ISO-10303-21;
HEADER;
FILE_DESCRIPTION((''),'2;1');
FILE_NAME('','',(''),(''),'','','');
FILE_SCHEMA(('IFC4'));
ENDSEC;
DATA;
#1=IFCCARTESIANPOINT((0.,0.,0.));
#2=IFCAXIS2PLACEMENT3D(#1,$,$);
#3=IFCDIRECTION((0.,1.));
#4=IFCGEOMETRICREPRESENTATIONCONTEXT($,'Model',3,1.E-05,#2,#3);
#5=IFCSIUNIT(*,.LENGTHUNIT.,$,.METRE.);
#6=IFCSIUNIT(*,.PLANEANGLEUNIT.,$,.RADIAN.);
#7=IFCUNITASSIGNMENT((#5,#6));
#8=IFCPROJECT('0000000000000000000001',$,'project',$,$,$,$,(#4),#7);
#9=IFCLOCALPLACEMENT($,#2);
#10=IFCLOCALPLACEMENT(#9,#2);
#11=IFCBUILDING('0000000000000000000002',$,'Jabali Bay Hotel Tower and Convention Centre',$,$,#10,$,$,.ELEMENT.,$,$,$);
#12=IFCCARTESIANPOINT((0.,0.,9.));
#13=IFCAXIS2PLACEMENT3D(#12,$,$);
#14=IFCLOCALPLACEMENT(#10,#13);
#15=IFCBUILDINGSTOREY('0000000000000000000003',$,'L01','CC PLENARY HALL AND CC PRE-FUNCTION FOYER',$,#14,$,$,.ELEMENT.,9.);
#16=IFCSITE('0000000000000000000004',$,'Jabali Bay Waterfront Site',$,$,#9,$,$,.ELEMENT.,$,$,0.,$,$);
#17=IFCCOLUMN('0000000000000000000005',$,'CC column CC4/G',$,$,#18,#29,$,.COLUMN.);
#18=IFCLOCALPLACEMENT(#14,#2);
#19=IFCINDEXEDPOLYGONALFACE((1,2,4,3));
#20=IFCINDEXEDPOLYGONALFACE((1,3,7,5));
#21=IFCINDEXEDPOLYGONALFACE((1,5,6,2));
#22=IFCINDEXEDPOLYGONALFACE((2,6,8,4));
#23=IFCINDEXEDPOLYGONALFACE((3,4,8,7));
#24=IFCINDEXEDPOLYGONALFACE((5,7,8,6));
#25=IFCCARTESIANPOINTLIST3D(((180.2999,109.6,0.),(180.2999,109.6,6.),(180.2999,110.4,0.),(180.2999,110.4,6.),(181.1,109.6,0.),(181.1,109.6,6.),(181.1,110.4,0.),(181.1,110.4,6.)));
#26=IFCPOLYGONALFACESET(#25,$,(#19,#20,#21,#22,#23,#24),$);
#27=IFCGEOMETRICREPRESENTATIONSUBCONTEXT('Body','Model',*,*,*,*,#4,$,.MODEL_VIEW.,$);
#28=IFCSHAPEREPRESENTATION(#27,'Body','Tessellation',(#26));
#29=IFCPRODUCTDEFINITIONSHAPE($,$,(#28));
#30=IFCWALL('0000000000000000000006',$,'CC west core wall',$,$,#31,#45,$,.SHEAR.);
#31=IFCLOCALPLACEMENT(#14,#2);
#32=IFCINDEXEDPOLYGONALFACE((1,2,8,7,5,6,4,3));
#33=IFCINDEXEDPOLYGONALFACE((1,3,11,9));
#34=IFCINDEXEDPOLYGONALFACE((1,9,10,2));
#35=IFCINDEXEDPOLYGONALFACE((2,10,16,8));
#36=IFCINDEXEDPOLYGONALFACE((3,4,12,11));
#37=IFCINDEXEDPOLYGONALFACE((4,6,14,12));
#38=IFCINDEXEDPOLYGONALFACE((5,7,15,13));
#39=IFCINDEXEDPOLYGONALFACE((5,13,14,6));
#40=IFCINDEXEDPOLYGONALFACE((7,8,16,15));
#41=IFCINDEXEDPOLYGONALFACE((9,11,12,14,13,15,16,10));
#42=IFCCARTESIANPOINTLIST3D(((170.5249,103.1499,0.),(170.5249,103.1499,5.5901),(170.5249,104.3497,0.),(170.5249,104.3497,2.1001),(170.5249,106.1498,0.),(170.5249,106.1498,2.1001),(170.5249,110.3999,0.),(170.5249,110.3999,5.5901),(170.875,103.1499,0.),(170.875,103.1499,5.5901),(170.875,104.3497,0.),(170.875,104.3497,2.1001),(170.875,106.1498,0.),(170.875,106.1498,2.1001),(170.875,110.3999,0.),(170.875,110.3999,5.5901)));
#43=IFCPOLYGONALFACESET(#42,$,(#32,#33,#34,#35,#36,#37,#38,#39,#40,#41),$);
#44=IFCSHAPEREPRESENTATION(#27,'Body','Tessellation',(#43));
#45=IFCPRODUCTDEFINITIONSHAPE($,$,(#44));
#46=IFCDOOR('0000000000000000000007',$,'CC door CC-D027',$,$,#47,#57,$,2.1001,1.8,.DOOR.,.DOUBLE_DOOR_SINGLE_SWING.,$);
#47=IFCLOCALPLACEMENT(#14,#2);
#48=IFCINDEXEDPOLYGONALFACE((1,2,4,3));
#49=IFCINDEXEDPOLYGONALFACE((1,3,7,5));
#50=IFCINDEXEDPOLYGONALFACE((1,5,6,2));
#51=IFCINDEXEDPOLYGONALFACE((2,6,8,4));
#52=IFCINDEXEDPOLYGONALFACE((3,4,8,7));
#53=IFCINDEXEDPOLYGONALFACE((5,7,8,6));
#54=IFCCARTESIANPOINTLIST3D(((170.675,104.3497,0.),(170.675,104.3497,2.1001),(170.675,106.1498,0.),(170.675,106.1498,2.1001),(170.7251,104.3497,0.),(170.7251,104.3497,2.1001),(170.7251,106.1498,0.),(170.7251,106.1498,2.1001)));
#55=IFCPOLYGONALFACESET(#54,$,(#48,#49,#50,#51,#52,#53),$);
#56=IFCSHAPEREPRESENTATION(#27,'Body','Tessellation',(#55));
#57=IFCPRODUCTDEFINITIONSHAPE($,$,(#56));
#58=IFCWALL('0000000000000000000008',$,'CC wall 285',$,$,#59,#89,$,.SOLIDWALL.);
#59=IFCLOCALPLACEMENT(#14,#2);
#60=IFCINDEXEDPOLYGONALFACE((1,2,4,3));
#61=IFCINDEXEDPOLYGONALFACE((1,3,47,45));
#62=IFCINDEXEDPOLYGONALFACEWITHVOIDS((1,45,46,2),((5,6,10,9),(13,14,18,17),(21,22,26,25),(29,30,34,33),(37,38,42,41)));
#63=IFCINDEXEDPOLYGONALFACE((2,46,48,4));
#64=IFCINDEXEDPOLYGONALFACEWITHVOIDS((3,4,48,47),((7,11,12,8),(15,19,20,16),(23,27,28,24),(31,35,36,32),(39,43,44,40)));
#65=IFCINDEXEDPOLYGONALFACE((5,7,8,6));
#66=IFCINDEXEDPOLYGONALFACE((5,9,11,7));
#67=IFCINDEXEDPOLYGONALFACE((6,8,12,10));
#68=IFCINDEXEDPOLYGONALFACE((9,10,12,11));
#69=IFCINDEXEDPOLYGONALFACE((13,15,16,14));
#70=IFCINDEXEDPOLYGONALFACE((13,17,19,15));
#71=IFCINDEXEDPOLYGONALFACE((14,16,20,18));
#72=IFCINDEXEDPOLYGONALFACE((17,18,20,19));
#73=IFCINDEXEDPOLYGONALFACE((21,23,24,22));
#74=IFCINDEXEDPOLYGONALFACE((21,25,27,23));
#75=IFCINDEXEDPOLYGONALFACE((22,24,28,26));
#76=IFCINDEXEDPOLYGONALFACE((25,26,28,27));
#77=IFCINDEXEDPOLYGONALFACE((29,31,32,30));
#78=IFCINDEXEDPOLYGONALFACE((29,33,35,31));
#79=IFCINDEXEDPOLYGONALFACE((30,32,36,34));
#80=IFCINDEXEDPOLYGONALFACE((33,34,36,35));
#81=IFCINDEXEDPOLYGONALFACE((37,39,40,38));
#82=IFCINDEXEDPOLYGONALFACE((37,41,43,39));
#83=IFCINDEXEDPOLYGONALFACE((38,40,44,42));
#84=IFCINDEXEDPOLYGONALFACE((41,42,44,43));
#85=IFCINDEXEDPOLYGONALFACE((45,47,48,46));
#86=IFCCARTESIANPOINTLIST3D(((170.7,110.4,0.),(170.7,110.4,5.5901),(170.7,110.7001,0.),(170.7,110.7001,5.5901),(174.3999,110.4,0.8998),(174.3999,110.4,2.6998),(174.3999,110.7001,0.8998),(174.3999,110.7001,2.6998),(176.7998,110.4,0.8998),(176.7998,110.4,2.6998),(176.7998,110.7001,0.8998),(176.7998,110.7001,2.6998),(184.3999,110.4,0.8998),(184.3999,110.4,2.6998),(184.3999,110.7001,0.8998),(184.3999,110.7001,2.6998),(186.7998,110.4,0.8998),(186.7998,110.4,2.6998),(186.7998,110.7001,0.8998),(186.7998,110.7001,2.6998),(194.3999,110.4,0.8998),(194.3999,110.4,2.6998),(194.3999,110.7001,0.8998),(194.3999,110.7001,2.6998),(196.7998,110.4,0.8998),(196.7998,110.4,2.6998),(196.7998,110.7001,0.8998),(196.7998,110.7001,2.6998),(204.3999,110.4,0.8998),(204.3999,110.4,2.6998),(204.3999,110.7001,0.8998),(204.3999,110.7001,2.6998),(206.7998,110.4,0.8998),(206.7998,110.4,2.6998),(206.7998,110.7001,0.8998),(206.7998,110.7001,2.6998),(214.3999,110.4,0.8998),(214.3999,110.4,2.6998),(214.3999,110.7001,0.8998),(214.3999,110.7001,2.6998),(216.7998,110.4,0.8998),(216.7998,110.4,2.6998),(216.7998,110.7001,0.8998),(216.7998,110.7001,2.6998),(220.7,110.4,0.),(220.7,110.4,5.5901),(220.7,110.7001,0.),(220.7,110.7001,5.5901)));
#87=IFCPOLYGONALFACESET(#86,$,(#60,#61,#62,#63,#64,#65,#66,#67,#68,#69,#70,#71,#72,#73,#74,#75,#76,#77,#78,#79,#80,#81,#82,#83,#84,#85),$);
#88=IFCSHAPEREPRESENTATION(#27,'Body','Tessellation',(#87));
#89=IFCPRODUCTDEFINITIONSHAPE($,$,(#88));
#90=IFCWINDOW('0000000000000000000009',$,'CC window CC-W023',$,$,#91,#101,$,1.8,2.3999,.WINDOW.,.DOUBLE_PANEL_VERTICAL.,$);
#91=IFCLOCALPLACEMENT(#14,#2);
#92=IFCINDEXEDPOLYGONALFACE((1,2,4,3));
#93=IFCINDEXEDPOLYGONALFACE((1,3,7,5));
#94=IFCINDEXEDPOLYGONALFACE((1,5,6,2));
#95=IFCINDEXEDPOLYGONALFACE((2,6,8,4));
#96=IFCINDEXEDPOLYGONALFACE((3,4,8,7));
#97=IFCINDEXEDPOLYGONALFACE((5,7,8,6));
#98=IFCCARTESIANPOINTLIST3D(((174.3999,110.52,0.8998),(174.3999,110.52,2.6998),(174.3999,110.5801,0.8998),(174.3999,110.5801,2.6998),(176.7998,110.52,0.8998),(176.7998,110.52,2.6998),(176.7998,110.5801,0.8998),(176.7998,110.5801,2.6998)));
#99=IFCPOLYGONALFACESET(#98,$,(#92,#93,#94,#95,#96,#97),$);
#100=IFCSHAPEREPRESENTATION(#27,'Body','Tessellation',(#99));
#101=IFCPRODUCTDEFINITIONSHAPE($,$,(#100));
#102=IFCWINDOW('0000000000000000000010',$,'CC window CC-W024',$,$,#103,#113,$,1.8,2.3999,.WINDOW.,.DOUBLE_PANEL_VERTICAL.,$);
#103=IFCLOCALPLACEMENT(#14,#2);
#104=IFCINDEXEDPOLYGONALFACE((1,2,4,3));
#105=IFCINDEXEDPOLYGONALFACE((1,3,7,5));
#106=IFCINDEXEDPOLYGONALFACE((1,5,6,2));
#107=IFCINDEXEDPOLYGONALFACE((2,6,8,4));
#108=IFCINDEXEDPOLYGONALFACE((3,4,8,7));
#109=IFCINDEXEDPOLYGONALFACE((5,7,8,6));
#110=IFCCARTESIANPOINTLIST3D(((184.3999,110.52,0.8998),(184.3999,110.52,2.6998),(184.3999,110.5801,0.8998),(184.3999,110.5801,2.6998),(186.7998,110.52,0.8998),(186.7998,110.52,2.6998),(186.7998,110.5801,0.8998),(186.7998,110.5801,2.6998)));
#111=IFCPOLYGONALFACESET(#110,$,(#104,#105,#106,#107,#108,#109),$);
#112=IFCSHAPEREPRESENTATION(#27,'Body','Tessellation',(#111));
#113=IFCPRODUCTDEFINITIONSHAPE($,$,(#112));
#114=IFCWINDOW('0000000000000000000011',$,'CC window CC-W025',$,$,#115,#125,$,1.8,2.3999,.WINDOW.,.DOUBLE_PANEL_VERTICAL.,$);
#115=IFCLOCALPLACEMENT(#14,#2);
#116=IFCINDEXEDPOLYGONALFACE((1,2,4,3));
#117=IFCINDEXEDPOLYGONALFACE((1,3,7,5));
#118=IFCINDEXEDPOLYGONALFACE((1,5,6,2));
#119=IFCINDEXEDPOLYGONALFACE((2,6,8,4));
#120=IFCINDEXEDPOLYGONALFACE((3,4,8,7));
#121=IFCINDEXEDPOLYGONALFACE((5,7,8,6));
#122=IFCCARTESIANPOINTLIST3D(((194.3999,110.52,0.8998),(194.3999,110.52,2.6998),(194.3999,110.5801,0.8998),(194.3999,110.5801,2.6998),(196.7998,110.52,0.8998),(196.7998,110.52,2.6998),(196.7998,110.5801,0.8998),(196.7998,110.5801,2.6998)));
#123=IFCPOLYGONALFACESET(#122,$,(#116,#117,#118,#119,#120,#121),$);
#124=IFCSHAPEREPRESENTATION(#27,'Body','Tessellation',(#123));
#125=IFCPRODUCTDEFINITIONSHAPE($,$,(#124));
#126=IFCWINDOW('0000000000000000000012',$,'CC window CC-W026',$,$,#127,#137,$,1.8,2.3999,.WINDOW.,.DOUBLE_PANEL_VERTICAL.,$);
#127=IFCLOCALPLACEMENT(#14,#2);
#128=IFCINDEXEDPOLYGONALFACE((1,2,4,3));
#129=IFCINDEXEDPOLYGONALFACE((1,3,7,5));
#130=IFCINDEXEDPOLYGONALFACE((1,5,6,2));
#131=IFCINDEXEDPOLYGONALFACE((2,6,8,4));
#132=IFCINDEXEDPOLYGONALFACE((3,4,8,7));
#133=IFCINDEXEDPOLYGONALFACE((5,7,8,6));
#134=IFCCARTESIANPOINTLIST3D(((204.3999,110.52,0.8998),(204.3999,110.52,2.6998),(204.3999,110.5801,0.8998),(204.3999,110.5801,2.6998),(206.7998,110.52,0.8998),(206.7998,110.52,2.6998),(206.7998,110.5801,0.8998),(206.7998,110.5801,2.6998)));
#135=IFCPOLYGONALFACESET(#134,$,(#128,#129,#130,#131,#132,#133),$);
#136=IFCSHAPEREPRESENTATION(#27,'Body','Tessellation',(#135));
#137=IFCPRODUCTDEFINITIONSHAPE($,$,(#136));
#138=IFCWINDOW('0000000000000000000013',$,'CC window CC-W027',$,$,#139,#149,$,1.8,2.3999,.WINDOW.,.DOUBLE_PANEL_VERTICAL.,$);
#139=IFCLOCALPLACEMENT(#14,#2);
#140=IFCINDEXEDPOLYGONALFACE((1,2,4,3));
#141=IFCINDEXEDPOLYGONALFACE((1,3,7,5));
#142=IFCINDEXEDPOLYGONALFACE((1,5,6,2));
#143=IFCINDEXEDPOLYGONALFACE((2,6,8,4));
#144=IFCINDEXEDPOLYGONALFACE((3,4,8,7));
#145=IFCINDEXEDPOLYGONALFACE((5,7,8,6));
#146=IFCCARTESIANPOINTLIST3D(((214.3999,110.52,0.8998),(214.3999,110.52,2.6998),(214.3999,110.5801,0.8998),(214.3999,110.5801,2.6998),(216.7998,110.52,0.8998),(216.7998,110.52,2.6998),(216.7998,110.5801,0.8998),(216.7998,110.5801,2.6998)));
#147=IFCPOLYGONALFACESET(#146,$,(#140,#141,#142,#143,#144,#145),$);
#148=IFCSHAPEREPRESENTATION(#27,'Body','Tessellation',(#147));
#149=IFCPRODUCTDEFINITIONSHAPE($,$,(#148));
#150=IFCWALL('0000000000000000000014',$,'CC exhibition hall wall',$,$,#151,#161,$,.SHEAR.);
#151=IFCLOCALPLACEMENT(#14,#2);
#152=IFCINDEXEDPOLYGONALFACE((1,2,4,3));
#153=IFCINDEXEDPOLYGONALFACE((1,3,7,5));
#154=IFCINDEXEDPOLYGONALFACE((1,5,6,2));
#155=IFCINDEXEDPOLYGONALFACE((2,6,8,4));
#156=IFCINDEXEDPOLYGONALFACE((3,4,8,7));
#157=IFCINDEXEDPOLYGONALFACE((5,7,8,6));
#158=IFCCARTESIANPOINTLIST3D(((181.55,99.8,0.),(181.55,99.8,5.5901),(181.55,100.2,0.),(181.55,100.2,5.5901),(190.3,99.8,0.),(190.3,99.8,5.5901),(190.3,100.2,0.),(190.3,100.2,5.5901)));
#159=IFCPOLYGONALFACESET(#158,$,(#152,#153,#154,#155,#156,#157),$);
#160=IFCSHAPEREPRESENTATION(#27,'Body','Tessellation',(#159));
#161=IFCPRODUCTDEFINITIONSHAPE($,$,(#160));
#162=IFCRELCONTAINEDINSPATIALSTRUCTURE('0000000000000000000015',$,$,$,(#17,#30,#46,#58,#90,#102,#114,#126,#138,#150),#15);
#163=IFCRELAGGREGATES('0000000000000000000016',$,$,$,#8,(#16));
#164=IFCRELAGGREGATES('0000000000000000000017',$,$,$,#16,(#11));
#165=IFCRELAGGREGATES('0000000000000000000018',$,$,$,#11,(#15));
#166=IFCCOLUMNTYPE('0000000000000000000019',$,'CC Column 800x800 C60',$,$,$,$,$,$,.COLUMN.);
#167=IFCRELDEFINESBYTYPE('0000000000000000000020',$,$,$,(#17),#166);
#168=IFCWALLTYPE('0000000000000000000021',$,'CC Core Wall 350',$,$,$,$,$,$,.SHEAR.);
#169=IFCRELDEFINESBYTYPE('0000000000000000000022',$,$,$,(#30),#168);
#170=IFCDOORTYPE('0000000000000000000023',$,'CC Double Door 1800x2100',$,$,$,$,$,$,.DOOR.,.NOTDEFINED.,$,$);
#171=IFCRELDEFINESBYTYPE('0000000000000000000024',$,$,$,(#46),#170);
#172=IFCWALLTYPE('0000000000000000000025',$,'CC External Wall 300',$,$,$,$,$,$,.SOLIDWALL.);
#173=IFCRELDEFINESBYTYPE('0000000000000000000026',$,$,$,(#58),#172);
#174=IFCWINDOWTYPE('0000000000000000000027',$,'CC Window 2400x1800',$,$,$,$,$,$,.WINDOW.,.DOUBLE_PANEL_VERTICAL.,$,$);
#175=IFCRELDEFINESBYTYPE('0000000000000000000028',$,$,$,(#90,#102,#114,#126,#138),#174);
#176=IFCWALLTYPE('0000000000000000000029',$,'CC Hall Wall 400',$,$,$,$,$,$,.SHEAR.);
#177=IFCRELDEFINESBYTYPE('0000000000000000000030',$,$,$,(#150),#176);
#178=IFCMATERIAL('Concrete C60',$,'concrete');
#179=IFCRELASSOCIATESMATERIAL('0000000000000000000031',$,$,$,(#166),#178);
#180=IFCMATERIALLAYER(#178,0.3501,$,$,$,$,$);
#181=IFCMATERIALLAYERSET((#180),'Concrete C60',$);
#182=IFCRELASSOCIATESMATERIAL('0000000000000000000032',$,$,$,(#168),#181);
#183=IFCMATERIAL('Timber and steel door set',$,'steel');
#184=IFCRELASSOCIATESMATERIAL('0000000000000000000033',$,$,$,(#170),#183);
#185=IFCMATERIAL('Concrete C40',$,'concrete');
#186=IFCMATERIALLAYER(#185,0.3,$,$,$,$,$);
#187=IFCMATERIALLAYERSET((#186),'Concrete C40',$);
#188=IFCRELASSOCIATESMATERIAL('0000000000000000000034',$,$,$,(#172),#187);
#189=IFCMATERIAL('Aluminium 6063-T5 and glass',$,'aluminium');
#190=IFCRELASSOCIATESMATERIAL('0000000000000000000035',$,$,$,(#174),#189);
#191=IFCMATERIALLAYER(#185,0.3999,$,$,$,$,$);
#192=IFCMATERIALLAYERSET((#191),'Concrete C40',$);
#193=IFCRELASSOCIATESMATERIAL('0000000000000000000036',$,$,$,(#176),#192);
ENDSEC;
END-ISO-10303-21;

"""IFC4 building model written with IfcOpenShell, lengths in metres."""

from ifc_helpers import new_model, si_unit, direction, frame, frame_2d, origin, origin_2d, place, context, subcontext, project, spatial, rectangle, extrude, material, layer, layer_set, material_profile, profile_set, type_object, element, fill, save


model = new_model("IFC4")

# Units and contexts
model_context = context("Model", 3, precision=1e-05, world=origin(), true_north=direction((0.0, 1.0)))
body_context = subcontext(model_context, "Body", "Model", "MODEL_VIEW")
ifc_project = project(units=[si_unit("LENGTHUNIT", "METRE"), si_unit("PLANEANGLEUNIT", "RADIAN")], contexts=[model_context])

# Site, building, storey
site_placement = place(None, origin())
site = spatial("IfcSite", under=ifc_project, at=site_placement, Name="Jabali Bay Waterfront Site", CompositionType="ELEMENT", RefElevation=0.0)
building_placement = place(site_placement, origin())
building = spatial("IfcBuilding", under=site, at=building_placement, Name="Jabali Bay Hotel Tower and Convention Centre", CompositionType="ELEMENT")
storey_placement = place(building_placement, frame((0.0, 0.0, 9.0)))
storey = spatial("IfcBuildingStorey", under=building, at=storey_placement, Name="L01", Description="CC PLENARY HALL AND CC PRE-FUNCTION FOYER", CompositionType="ELEMENT", Elevation=9.0)

# Column
ifc_material_1 = material(Name="Concrete C60", Category="concrete")
ifc_material_profile = material_profile(ifc_material_1, rectangle(XDim=0.8, YDim=0.8, at=origin_2d()), Name="RC 800x800")
ifc_profile_set = profile_set([ifc_material_profile], Name="Concrete C60")
column_type = type_object("IfcColumnType", Name="CC Column 800x800 C60", PredefinedType="COLUMN", material=ifc_profile_set)
column_placement = place(storey_placement, frame((180.7, 110.0, 0.0), z_axis=(0.0, 0.0, 1.0), x_axis=(1.0, 0.0, 0.0)))
element("IfcColumn", 1, at=column_placement, inside=storey, type_object=column_type, Name="CC column CC4/G", PredefinedType="COLUMN", context=body_context, shape_type="SweptSolid", body=[
    extrude(rectangle(XDim=0.8, YDim=0.8, at=origin_2d()), origin(), (0.0, 0.0, 1.0), 6.0),
])

# Wall, opening, door
ifc_layer_1 = layer(ifc_material_1, 0.3501)
ifc_layer_set_1 = layer_set([ifc_layer_1], Name="Concrete C60")
wall_type_1 = type_object("IfcWallType", Name="CC Core Wall 350", PredefinedType="SHEAR", material=ifc_layer_set_1)
wall_1_placement = place(storey_placement, frame((170.7, 103.1499, 0.0), z_axis=(0.0, 0.0, 1.0), x_axis=(0.0, 1.0, 0.0)))
wall_1 = element("IfcWall", 2, at=wall_1_placement, inside=storey, type_object=wall_type_1, Name="CC west core wall", PredefinedType="SHEAR", context=body_context, shape_type="SweptSolid", body=[
    extrude(rectangle(XDim=7.25, YDim=0.3501, at=frame_2d((3.625, 0.0))), origin(), (0.0, 0.0, 1.0), 5.5901),
])
opening_1_placement = place(wall_1_placement, frame((1.2, 0.0, 0.0)))
opening_1 = element("IfcOpeningElement", 3, at=opening_1_placement, cuts=wall_1, PredefinedType="OPENING", context=body_context, shape_type="SweptSolid", body=[
    extrude(rectangle(XDim=1.8, YDim=2.1001, at=frame_2d((0.8999, 1.05))), frame((0.0, 0.1855, 0.0), z_axis=(0.0, -1.0, 0.0), x_axis=(1.0, 0.0, 0.0)), (0.0, 0.0, 1.0), 0.3711),
])
ifc_material_2 = material(Name="Timber and steel door set", Category="steel")
door_type_1 = type_object("IfcDoorType", Name="CC Double Door 1800x2100", OperationType="NOTDEFINED", PredefinedType="DOOR", material=ifc_material_2)
door_1_placement = place(opening_1_placement, origin())
door_1 = element("IfcDoor", 4, at=door_1_placement, inside=storey, type_object=door_type_1, Name="CC door CC-D027", OperationType="DOUBLE_DOOR_SINGLE_SWING", OverallHeight=2.1001, OverallWidth=1.8, PredefinedType="DOOR", context=body_context, shape_type="SweptSolid", body=[
    extrude(rectangle(XDim=1.8, YDim=2.1001, at=frame_2d((0.8999, 1.05))), frame((0.0, 0.0249, 0.0), z_axis=(0.0, -1.0, 0.0), x_axis=(1.0, 0.0, 0.0)), (0.0, 0.0, 1.0), 0.05),
])
fill(opening_1, door_1)

# Wall, openings, windows
ifc_material_3 = material(Name="Concrete C40", Category="concrete")
ifc_layer_2 = layer(ifc_material_3, 0.3)
ifc_layer_set_2 = layer_set([ifc_layer_2], Name="Concrete C40")
wall_type_2 = type_object("IfcWallType", Name="CC External Wall 300", PredefinedType="SOLIDWALL", material=ifc_layer_set_2)
wall_2_placement = place(storey_placement, frame((170.7, 110.55, 0.0), z_axis=(0.0, 0.0, 1.0), x_axis=(1.0, 0.0, 0.0)))
wall_2 = element("IfcWall", 5, at=wall_2_placement, inside=storey, type_object=wall_type_2, Name="CC wall 285", PredefinedType="SOLIDWALL", context=body_context, shape_type="SweptSolid", body=[
    extrude(rectangle(XDim=50.0, YDim=0.3, at=frame_2d((25.0, 0.0))), origin(), (0.0, 0.0, 1.0), 5.5901),
])
opening_2_placement = place(wall_2_placement, frame((3.7, 0.0, 0.8999)))
opening_2 = element("IfcOpeningElement", 6, at=opening_2_placement, cuts=wall_2, PredefinedType="OPENING", context=body_context, shape_type="SweptSolid", body=[
    extrude(rectangle(XDim=2.3999, YDim=1.8, at=frame_2d((1.2, 0.8999))), frame((0.0, 0.1606, 0.0), z_axis=(0.0, -1.0, 0.0), x_axis=(1.0, 0.0, 0.0)), (0.0, 0.0, 1.0), 0.321),
])
opening_3_placement = place(wall_2_placement, frame((13.7, 0.0, 0.8999)))
opening_3 = element("IfcOpeningElement", 7, at=opening_3_placement, cuts=wall_2, PredefinedType="OPENING", context=body_context, shape_type="SweptSolid", body=[
    extrude(rectangle(XDim=2.3999, YDim=1.8, at=frame_2d((1.2, 0.8999))), frame((0.0, 0.1606, 0.0), z_axis=(0.0, -1.0, 0.0), x_axis=(1.0, 0.0, 0.0)), (0.0, 0.0, 1.0), 0.321),
])
opening_4_placement = place(wall_2_placement, frame((23.7, 0.0, 0.8999)))
opening_4 = element("IfcOpeningElement", 8, at=opening_4_placement, cuts=wall_2, PredefinedType="OPENING", context=body_context, shape_type="SweptSolid", body=[
    extrude(rectangle(XDim=2.3999, YDim=1.8, at=frame_2d((1.2, 0.8999))), frame((0.0, 0.1606, 0.0), z_axis=(0.0, -1.0, 0.0), x_axis=(1.0, 0.0, 0.0)), (0.0, 0.0, 1.0), 0.321),
])
opening_5_placement = place(wall_2_placement, frame((33.7, 0.0, 0.8999)))
opening_5 = element("IfcOpeningElement", 9, at=opening_5_placement, cuts=wall_2, PredefinedType="OPENING", context=body_context, shape_type="SweptSolid", body=[
    extrude(rectangle(XDim=2.3999, YDim=1.8, at=frame_2d((1.2, 0.8999))), frame((0.0, 0.1606, 0.0), z_axis=(0.0, -1.0, 0.0), x_axis=(1.0, 0.0, 0.0)), (0.0, 0.0, 1.0), 0.321),
])
opening_6_placement = place(wall_2_placement, frame((43.7, 0.0, 0.8999)))
opening_6 = element("IfcOpeningElement", 10, at=opening_6_placement, cuts=wall_2, PredefinedType="OPENING", context=body_context, shape_type="SweptSolid", body=[
    extrude(rectangle(XDim=2.3999, YDim=1.8, at=frame_2d((1.2, 0.8999))), frame((0.0, 0.1606, 0.0), z_axis=(0.0, -1.0, 0.0), x_axis=(1.0, 0.0, 0.0)), (0.0, 0.0, 1.0), 0.321),
])
ifc_material_4 = material(Name="Aluminium 6063-T5 and glass", Category="aluminium")
window_type = type_object("IfcWindowType", Name="CC Window 2400x1800", PartitioningType="DOUBLE_PANEL_VERTICAL", PredefinedType="WINDOW", material=ifc_material_4)
window_1_placement = place(opening_2_placement, origin())
window_1 = element("IfcWindow", 11, at=window_1_placement, inside=storey, type_object=window_type, Name="CC window CC-W023", OverallHeight=1.8, OverallWidth=2.3999, PartitioningType="DOUBLE_PANEL_VERTICAL", PredefinedType="WINDOW", context=body_context, shape_type="SweptSolid", body=[
    extrude(rectangle(XDim=2.3999, YDim=1.8, at=frame_2d((1.2, 0.8999))), frame((0.0, 0.03, 0.0), z_axis=(0.0, -1.0, 0.0), x_axis=(1.0, 0.0, 0.0)), (0.0, 0.0, 1.0), 0.0601),
])
fill(opening_2, window_1)
window_2_placement = place(opening_3_placement, origin())
window_2 = element("IfcWindow", 12, at=window_2_placement, inside=storey, type_object=window_type, Name="CC window CC-W024", OverallHeight=1.8, OverallWidth=2.3999, PartitioningType="DOUBLE_PANEL_VERTICAL", PredefinedType="WINDOW", context=body_context, shape_type="SweptSolid", body=[
    extrude(rectangle(XDim=2.3999, YDim=1.8, at=frame_2d((1.2, 0.8999))), frame((0.0, 0.03, 0.0), z_axis=(0.0, -1.0, 0.0), x_axis=(1.0, 0.0, 0.0)), (0.0, 0.0, 1.0), 0.0601),
])
fill(opening_3, window_2)
window_3_placement = place(opening_4_placement, origin())
window_3 = element("IfcWindow", 13, at=window_3_placement, inside=storey, type_object=window_type, Name="CC window CC-W025", OverallHeight=1.8, OverallWidth=2.3999, PartitioningType="DOUBLE_PANEL_VERTICAL", PredefinedType="WINDOW", context=body_context, shape_type="SweptSolid", body=[
    extrude(rectangle(XDim=2.3999, YDim=1.8, at=frame_2d((1.2, 0.8999))), frame((0.0, 0.03, 0.0), z_axis=(0.0, -1.0, 0.0), x_axis=(1.0, 0.0, 0.0)), (0.0, 0.0, 1.0), 0.0601),
])
fill(opening_4, window_3)
window_4_placement = place(opening_5_placement, origin())
window_4 = element("IfcWindow", 14, at=window_4_placement, inside=storey, type_object=window_type, Name="CC window CC-W026", OverallHeight=1.8, OverallWidth=2.3999, PartitioningType="DOUBLE_PANEL_VERTICAL", PredefinedType="WINDOW", context=body_context, shape_type="SweptSolid", body=[
    extrude(rectangle(XDim=2.3999, YDim=1.8, at=frame_2d((1.2, 0.8999))), frame((0.0, 0.03, 0.0), z_axis=(0.0, -1.0, 0.0), x_axis=(1.0, 0.0, 0.0)), (0.0, 0.0, 1.0), 0.0601),
])
fill(opening_5, window_4)
window_5_placement = place(opening_6_placement, origin())
window_5 = element("IfcWindow", 15, at=window_5_placement, inside=storey, type_object=window_type, Name="CC window CC-W027", OverallHeight=1.8, OverallWidth=2.3999, PartitioningType="DOUBLE_PANEL_VERTICAL", PredefinedType="WINDOW", context=body_context, shape_type="SweptSolid", body=[
    extrude(rectangle(XDim=2.3999, YDim=1.8, at=frame_2d((1.2, 0.8999))), frame((0.0, 0.03, 0.0), z_axis=(0.0, -1.0, 0.0), x_axis=(1.0, 0.0, 0.0)), (0.0, 0.0, 1.0), 0.0601),
])
fill(opening_6, window_5)

# Wall
ifc_layer_3 = layer(ifc_material_3, 0.3999)
ifc_layer_set_3 = layer_set([ifc_layer_3], Name="Concrete C40")
wall_type_3 = type_object("IfcWallType", Name="CC Hall Wall 400", PredefinedType="SHEAR", material=ifc_layer_set_3)
wall_3_placement = place(storey_placement, frame((181.55, 100.0, 0.0), z_axis=(0.0, 0.0, 1.0), x_axis=(1.0, 0.0, 0.0)))
element("IfcWall", 16, at=wall_3_placement, inside=storey, type_object=wall_type_3, Name="CC exhibition hall wall", PredefinedType="SHEAR", context=body_context, shape_type="SweptSolid", body=[
    extrude(rectangle(XDim=8.75, YDim=0.3999, at=frame_2d((4.375, 0.0))), origin(), (0.0, 0.0, 1.0), 5.5901),
])

save(model, "model.ifc")
